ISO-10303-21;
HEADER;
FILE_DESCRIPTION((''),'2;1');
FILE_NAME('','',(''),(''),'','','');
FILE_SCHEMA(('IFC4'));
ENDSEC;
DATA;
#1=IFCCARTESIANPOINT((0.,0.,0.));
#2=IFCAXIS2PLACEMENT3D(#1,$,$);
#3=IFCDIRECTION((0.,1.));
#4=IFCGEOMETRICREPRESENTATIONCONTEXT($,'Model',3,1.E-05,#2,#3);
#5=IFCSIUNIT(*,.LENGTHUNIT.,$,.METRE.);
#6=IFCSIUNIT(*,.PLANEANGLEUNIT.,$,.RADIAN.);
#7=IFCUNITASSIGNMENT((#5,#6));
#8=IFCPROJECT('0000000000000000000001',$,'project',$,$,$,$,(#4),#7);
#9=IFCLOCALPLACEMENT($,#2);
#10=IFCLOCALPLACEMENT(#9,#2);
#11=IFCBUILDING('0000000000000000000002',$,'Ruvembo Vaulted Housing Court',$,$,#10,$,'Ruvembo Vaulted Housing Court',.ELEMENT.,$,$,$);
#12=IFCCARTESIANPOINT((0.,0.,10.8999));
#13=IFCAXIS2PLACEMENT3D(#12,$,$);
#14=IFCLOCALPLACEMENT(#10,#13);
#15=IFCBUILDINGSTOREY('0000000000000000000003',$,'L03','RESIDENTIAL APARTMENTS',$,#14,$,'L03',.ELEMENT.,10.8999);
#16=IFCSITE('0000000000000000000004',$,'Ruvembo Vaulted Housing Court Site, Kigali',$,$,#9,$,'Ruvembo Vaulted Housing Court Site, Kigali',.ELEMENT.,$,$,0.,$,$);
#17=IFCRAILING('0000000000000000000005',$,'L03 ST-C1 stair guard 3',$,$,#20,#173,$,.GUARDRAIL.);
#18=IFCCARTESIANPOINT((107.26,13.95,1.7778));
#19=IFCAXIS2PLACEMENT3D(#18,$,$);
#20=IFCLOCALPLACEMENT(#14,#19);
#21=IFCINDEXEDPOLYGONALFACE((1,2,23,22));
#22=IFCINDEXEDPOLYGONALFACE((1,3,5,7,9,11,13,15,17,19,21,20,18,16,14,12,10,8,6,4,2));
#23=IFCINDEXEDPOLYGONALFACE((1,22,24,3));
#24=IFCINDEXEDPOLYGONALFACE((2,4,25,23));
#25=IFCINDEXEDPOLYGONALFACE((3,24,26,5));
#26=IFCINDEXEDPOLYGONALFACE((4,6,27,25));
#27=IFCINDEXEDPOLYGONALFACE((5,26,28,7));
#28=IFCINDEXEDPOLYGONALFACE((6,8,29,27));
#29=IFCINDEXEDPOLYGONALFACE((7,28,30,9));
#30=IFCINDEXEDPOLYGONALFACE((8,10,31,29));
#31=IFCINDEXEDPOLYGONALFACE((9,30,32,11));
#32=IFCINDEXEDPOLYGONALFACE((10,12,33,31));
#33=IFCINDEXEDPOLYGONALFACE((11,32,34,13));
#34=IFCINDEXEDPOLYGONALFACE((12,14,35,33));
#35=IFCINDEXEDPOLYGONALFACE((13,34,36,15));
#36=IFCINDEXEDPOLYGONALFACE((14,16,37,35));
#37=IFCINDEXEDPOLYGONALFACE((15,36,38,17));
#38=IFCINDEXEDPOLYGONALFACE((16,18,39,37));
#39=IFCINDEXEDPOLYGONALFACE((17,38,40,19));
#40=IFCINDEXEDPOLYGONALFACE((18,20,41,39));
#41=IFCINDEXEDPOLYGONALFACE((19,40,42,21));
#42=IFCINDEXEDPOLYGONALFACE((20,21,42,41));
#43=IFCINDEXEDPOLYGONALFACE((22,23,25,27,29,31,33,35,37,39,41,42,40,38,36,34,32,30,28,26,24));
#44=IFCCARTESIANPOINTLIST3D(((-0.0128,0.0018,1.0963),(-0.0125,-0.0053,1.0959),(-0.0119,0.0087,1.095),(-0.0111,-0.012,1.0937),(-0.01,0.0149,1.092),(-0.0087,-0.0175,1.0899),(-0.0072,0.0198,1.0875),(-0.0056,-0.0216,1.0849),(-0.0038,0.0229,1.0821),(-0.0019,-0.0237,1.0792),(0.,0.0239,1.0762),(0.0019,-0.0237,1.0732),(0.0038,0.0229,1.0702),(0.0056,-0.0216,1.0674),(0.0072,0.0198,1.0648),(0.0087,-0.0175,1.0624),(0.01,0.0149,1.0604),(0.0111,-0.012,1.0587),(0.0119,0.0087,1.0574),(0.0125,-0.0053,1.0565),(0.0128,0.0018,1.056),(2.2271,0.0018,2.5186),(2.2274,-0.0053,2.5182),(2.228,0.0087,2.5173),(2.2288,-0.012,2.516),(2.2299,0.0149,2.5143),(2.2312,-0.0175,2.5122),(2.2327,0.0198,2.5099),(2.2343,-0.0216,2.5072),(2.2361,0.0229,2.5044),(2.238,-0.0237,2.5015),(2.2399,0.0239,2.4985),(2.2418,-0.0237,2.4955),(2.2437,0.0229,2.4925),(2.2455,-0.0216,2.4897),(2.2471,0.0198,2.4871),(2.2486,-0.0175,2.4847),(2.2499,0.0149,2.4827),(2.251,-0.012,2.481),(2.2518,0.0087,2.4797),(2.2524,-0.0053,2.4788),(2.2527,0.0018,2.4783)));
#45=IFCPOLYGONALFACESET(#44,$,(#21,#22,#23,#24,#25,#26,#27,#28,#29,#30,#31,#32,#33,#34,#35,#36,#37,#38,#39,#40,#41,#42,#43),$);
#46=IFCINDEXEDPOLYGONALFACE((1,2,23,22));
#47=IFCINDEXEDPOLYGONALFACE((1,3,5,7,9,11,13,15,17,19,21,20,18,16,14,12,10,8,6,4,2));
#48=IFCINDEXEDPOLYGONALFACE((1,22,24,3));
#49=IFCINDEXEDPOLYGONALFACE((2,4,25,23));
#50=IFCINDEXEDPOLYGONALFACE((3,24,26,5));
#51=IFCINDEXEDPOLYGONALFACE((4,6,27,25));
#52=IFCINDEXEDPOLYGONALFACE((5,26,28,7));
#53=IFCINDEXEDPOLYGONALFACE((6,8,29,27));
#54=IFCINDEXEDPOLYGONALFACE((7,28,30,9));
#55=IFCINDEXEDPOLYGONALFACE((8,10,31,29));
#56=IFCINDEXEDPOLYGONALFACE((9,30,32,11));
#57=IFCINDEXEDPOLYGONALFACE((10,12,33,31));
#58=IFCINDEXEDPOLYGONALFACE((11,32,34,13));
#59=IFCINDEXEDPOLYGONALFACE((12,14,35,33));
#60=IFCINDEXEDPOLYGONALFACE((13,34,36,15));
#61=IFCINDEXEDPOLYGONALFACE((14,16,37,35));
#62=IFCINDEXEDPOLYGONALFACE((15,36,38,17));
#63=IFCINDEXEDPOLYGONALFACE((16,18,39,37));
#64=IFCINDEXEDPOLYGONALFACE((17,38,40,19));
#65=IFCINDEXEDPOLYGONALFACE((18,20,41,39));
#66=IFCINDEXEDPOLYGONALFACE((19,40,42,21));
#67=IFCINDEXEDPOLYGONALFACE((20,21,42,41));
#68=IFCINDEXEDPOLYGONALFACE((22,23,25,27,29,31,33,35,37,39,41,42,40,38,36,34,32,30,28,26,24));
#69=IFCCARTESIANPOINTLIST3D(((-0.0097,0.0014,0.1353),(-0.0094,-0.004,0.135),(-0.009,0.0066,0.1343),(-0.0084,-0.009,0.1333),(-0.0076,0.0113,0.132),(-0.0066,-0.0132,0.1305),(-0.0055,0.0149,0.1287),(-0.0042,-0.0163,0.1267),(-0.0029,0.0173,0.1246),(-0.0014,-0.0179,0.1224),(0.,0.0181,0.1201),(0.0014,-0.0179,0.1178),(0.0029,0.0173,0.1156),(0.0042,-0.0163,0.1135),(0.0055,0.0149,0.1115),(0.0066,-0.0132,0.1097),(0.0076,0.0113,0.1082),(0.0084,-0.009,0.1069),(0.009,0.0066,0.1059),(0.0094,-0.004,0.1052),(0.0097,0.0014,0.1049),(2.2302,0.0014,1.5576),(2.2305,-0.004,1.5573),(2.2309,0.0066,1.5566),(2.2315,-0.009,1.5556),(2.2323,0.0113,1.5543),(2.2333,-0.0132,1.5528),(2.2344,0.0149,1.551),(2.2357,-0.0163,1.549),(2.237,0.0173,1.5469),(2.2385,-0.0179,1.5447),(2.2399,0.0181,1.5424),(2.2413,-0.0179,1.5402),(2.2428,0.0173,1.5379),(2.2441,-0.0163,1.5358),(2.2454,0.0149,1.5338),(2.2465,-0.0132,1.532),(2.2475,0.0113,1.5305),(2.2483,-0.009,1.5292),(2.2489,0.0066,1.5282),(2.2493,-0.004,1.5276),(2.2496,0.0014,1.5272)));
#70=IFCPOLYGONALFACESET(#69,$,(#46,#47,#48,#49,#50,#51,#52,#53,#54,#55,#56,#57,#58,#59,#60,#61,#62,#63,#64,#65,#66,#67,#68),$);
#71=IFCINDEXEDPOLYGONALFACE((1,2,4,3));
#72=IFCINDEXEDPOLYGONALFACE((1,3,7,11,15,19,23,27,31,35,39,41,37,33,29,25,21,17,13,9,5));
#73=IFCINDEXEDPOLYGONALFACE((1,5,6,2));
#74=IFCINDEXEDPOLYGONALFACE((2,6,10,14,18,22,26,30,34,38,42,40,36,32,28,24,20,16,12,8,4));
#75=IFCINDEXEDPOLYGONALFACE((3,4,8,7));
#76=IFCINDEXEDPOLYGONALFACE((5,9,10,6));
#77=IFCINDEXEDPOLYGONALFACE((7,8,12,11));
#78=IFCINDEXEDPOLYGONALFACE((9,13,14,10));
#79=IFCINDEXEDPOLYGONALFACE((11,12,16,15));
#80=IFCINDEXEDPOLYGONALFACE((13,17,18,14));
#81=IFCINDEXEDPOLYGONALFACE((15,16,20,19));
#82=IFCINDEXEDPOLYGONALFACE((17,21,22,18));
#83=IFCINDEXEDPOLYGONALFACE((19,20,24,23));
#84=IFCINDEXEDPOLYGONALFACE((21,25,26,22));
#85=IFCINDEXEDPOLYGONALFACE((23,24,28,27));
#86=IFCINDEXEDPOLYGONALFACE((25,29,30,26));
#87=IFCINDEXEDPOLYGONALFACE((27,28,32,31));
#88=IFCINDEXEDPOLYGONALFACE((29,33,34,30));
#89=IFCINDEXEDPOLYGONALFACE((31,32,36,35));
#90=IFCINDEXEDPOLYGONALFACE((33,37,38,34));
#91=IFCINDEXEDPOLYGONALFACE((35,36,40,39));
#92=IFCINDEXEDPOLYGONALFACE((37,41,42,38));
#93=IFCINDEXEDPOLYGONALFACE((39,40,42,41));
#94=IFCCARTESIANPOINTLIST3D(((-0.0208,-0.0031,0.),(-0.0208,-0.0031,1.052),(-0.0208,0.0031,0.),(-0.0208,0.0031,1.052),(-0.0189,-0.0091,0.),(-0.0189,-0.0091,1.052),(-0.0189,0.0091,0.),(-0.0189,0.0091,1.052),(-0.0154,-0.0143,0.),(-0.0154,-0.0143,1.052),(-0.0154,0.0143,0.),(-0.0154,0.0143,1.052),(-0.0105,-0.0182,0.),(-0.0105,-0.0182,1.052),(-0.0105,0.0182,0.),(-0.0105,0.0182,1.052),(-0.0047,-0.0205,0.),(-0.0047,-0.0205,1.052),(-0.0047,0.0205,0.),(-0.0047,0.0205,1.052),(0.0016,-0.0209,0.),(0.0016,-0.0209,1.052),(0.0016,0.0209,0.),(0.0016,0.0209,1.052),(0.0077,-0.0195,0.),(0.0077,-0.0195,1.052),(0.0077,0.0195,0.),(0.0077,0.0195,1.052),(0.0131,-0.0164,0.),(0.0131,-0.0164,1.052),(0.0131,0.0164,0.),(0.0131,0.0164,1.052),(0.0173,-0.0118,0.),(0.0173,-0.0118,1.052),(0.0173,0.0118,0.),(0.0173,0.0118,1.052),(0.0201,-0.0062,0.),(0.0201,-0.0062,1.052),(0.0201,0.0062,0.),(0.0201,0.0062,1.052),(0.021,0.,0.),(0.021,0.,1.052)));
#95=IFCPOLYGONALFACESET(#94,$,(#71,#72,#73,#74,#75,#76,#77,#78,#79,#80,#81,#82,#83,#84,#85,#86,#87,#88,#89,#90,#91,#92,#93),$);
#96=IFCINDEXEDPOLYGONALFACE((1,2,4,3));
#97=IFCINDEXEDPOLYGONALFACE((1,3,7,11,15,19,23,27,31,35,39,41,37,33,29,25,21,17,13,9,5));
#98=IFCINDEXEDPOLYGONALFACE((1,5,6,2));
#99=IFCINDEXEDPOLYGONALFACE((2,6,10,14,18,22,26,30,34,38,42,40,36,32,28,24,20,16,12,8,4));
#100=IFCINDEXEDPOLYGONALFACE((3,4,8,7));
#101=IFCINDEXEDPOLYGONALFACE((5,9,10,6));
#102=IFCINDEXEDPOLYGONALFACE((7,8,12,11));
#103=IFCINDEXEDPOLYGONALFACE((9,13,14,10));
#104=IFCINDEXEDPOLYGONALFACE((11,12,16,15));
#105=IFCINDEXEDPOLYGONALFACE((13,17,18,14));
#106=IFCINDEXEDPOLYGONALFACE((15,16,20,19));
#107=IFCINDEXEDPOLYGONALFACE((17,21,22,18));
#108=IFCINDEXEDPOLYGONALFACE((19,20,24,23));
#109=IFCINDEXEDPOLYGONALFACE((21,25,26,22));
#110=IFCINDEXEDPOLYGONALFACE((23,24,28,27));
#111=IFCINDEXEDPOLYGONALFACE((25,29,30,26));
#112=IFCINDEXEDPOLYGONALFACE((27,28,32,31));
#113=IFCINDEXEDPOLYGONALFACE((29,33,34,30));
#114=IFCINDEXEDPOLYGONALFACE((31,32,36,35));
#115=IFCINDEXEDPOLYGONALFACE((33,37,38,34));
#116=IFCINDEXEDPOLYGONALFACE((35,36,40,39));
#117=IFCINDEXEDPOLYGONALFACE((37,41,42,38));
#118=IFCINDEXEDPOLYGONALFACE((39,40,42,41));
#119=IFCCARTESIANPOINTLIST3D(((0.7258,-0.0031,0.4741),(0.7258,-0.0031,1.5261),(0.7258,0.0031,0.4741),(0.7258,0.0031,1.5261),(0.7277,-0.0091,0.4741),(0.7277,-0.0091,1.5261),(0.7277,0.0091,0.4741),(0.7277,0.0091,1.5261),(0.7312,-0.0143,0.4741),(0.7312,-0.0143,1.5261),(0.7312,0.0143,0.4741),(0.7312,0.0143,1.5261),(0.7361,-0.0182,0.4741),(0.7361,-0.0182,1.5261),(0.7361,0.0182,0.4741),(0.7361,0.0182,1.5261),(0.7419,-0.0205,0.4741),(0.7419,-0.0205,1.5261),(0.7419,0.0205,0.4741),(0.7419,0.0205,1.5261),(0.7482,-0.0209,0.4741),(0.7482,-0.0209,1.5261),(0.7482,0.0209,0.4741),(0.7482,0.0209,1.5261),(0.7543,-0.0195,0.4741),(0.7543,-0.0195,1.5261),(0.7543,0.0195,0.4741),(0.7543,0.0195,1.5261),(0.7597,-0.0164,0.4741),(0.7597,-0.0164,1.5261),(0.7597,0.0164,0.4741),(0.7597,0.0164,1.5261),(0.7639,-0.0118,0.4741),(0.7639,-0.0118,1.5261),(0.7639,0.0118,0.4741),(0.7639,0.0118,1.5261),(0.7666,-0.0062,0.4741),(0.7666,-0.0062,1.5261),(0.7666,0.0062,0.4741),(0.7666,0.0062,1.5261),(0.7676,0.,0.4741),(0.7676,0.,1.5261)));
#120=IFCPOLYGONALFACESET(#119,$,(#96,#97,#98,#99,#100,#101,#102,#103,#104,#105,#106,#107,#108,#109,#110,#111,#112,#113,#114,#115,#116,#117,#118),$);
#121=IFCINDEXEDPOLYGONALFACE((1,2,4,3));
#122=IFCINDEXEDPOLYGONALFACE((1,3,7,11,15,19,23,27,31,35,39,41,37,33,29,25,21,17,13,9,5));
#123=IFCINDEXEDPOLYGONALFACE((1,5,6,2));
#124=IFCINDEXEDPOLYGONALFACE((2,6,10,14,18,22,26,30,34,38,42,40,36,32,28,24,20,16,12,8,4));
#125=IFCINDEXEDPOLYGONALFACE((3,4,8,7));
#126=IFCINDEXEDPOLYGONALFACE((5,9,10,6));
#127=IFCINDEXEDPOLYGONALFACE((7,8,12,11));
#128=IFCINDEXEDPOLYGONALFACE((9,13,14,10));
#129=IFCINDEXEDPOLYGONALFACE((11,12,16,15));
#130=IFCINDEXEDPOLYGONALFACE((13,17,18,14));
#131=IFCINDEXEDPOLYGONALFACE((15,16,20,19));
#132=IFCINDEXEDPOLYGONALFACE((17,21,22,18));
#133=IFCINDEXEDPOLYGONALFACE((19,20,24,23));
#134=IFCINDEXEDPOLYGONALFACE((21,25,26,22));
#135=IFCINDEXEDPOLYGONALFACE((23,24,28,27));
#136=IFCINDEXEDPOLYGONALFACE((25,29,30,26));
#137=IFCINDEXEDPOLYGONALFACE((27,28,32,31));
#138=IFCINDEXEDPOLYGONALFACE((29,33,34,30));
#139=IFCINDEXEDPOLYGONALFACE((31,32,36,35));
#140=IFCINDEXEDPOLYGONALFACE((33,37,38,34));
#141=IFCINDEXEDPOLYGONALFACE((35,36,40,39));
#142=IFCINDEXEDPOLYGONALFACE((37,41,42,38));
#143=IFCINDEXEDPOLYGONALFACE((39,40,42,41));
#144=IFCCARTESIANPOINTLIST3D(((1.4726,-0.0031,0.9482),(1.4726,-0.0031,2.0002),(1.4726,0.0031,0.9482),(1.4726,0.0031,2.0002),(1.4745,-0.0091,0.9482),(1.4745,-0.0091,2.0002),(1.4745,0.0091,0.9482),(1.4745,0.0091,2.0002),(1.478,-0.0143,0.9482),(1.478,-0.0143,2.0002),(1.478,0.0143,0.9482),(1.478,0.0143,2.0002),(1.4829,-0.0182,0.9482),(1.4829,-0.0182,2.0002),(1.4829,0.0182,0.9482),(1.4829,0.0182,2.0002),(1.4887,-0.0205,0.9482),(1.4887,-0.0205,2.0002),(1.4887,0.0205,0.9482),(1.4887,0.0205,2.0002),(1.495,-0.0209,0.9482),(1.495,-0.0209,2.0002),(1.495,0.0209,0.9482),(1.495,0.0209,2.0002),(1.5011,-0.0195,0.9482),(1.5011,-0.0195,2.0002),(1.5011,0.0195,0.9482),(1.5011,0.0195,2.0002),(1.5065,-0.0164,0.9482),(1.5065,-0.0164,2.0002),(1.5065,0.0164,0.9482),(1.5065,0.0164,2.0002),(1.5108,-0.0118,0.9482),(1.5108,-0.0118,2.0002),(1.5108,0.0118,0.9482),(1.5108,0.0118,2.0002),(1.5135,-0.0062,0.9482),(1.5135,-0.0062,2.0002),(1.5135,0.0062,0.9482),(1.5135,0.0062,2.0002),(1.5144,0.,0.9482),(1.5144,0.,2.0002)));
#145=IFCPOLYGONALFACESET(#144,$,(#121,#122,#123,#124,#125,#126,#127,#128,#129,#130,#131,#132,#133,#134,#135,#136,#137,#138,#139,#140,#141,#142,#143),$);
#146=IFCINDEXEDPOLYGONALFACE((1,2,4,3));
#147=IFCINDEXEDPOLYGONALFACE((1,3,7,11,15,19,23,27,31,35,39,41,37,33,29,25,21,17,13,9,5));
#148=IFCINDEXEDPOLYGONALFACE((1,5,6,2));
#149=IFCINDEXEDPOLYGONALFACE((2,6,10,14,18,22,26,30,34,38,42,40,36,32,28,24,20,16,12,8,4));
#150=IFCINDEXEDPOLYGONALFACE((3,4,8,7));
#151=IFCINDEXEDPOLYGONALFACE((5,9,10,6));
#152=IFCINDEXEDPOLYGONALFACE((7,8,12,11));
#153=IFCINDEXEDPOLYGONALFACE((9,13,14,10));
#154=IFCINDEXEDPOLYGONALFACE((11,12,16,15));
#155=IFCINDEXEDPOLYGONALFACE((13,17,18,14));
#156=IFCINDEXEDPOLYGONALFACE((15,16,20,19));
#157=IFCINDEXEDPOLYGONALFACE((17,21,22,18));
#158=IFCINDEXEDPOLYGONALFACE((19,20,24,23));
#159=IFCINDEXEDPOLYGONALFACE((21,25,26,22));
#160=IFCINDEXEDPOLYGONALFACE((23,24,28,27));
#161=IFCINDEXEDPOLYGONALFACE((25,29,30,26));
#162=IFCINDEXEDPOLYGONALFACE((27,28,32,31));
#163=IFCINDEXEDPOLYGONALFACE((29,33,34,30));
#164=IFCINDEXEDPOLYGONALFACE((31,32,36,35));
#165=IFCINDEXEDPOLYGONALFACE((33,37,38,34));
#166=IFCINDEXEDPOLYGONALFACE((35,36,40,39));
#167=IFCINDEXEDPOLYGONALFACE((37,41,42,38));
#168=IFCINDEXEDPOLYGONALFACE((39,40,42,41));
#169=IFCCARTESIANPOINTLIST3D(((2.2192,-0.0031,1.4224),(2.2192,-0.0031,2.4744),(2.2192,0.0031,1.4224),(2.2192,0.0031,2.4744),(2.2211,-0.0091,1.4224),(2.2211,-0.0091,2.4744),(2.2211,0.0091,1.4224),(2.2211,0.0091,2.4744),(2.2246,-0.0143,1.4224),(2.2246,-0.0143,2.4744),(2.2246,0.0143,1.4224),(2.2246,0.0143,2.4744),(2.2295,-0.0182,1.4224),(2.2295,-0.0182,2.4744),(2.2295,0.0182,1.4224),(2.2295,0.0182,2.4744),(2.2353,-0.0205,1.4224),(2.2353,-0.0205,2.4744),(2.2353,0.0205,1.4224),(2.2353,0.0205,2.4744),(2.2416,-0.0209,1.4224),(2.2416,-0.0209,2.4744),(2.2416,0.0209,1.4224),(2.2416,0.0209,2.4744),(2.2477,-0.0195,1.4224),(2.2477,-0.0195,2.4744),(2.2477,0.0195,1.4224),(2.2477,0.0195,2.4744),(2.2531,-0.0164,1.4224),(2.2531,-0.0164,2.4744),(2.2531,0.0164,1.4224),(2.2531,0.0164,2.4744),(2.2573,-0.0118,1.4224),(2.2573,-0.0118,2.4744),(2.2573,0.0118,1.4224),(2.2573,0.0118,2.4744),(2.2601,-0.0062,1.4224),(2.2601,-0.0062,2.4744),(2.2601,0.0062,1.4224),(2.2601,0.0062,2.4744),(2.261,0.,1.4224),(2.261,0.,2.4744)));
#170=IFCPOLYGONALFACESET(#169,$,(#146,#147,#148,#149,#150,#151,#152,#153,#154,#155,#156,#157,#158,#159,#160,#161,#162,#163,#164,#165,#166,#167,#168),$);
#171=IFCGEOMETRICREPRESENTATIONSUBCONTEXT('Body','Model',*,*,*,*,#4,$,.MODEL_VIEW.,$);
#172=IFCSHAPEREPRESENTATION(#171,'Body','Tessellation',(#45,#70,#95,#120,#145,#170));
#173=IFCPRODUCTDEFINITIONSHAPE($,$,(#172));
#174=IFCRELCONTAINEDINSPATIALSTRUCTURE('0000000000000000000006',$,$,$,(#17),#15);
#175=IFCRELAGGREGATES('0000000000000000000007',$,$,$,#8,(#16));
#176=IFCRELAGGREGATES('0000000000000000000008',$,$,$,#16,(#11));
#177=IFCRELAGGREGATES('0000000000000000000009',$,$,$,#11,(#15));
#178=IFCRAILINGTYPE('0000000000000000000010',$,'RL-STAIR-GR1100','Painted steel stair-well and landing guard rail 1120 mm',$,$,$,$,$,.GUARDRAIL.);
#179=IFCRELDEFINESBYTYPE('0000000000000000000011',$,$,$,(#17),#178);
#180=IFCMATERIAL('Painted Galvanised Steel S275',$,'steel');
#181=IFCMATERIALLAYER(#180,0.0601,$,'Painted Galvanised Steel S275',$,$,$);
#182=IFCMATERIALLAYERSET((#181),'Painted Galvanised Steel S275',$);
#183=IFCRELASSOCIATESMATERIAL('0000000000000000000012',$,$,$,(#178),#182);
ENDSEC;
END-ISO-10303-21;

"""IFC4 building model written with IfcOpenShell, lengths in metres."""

from ifc_helpers import new_model, si_unit, direction, frame, origin, origin_2d, place, context, subcontext, project, spatial, circle, extrude, material, layer, layer_set, type_object, element, save


model = new_model("IFC4")

# Units and contexts
model_context = context("Model", 3, precision=1e-05, world=origin(), true_north=direction((0.0, 1.0)))
body_context = subcontext(model_context, "Body", "Model", "MODEL_VIEW")
ifc_project = project(units=[si_unit("LENGTHUNIT", "METRE"), si_unit("PLANEANGLEUNIT", "RADIAN")], contexts=[model_context])

# Site, building, storey
site_placement = place(None, origin())
site = spatial("IfcSite", under=ifc_project, at=site_placement, Name="Ruvembo Vaulted Housing Court Site, Kigali", LongName="Ruvembo Vaulted Housing Court Site, Kigali", CompositionType="ELEMENT", RefElevation=0.0)
building_placement = place(site_placement, origin())
building = spatial("IfcBuilding", under=site, at=building_placement, Name="Ruvembo Vaulted Housing Court", LongName="Ruvembo Vaulted Housing Court", CompositionType="ELEMENT")
storey_placement = place(building_placement, frame((0.0, 0.0, 10.8999)))
storey = spatial("IfcBuildingStorey", under=building, at=storey_placement, Name="L03", Description="RESIDENTIAL APARTMENTS", LongName="L03", CompositionType="ELEMENT", Elevation=10.8999)

# Railing
ifc_material_1 = material(Name="Painted Galvanised Steel S275", Category="steel")
ifc_layer_1 = layer(ifc_material_1, 0.0601, Name="Painted Galvanised Steel S275")
ifc_layer_set_1 = layer_set([ifc_layer_1], Name="Painted Galvanised Steel S275")
railing_type_1 = type_object("IfcRailingType", Name="RL-STAIR-GR1100", Description="Painted steel stair-well and landing guard rail 1120 mm", PredefinedType="GUARDRAIL", material=ifc_layer_set_1)
railing_1_placement = place(storey_placement, frame((107.26, 13.95, 1.7778)))
element("IfcRailing", 1, at=railing_1_placement, inside=storey, type_object=railing_type_1, Name="L03 ST-C1 stair guard 3", PredefinedType="GUARDRAIL", context=body_context, shape_type="SweptSolid", body=[
    extrude(circle(Radius=0.0239, at=origin_2d()), frame((0.0, 0.0, 1.0762), z_axis=(0.844188, 0.0, 0.536048), x_axis=(0.0, 1.0, 0.0)), (0.0, 0.0, 1.0), 2.6533),
    extrude(circle(Radius=0.0181, at=origin_2d()), frame((0.0, 0.0, 0.1201), z_axis=(0.844188, 0.0, 0.536048), x_axis=(0.0, 1.0, 0.0)), (0.0, 0.0, 1.0), 2.6533),
    extrude(circle(Radius=0.021, at=origin_2d()), origin(), (0.0, 0.0, 1.0), 1.052),
    extrude(circle(Radius=0.021, at=origin_2d()), frame((0.7466, 0.0, 0.4741)), (0.0, 0.0, 1.0), 1.052),
    extrude(circle(Radius=0.021, at=origin_2d()), frame((1.4934, 0.0, 0.9482)), (0.0, 0.0, 1.0), 1.052),
    extrude(circle(Radius=0.021, at=origin_2d()), frame((2.24, 0.0, 1.4224)), (0.0, 0.0, 1.0), 1.052),
])

save(model, "model.ifc")
